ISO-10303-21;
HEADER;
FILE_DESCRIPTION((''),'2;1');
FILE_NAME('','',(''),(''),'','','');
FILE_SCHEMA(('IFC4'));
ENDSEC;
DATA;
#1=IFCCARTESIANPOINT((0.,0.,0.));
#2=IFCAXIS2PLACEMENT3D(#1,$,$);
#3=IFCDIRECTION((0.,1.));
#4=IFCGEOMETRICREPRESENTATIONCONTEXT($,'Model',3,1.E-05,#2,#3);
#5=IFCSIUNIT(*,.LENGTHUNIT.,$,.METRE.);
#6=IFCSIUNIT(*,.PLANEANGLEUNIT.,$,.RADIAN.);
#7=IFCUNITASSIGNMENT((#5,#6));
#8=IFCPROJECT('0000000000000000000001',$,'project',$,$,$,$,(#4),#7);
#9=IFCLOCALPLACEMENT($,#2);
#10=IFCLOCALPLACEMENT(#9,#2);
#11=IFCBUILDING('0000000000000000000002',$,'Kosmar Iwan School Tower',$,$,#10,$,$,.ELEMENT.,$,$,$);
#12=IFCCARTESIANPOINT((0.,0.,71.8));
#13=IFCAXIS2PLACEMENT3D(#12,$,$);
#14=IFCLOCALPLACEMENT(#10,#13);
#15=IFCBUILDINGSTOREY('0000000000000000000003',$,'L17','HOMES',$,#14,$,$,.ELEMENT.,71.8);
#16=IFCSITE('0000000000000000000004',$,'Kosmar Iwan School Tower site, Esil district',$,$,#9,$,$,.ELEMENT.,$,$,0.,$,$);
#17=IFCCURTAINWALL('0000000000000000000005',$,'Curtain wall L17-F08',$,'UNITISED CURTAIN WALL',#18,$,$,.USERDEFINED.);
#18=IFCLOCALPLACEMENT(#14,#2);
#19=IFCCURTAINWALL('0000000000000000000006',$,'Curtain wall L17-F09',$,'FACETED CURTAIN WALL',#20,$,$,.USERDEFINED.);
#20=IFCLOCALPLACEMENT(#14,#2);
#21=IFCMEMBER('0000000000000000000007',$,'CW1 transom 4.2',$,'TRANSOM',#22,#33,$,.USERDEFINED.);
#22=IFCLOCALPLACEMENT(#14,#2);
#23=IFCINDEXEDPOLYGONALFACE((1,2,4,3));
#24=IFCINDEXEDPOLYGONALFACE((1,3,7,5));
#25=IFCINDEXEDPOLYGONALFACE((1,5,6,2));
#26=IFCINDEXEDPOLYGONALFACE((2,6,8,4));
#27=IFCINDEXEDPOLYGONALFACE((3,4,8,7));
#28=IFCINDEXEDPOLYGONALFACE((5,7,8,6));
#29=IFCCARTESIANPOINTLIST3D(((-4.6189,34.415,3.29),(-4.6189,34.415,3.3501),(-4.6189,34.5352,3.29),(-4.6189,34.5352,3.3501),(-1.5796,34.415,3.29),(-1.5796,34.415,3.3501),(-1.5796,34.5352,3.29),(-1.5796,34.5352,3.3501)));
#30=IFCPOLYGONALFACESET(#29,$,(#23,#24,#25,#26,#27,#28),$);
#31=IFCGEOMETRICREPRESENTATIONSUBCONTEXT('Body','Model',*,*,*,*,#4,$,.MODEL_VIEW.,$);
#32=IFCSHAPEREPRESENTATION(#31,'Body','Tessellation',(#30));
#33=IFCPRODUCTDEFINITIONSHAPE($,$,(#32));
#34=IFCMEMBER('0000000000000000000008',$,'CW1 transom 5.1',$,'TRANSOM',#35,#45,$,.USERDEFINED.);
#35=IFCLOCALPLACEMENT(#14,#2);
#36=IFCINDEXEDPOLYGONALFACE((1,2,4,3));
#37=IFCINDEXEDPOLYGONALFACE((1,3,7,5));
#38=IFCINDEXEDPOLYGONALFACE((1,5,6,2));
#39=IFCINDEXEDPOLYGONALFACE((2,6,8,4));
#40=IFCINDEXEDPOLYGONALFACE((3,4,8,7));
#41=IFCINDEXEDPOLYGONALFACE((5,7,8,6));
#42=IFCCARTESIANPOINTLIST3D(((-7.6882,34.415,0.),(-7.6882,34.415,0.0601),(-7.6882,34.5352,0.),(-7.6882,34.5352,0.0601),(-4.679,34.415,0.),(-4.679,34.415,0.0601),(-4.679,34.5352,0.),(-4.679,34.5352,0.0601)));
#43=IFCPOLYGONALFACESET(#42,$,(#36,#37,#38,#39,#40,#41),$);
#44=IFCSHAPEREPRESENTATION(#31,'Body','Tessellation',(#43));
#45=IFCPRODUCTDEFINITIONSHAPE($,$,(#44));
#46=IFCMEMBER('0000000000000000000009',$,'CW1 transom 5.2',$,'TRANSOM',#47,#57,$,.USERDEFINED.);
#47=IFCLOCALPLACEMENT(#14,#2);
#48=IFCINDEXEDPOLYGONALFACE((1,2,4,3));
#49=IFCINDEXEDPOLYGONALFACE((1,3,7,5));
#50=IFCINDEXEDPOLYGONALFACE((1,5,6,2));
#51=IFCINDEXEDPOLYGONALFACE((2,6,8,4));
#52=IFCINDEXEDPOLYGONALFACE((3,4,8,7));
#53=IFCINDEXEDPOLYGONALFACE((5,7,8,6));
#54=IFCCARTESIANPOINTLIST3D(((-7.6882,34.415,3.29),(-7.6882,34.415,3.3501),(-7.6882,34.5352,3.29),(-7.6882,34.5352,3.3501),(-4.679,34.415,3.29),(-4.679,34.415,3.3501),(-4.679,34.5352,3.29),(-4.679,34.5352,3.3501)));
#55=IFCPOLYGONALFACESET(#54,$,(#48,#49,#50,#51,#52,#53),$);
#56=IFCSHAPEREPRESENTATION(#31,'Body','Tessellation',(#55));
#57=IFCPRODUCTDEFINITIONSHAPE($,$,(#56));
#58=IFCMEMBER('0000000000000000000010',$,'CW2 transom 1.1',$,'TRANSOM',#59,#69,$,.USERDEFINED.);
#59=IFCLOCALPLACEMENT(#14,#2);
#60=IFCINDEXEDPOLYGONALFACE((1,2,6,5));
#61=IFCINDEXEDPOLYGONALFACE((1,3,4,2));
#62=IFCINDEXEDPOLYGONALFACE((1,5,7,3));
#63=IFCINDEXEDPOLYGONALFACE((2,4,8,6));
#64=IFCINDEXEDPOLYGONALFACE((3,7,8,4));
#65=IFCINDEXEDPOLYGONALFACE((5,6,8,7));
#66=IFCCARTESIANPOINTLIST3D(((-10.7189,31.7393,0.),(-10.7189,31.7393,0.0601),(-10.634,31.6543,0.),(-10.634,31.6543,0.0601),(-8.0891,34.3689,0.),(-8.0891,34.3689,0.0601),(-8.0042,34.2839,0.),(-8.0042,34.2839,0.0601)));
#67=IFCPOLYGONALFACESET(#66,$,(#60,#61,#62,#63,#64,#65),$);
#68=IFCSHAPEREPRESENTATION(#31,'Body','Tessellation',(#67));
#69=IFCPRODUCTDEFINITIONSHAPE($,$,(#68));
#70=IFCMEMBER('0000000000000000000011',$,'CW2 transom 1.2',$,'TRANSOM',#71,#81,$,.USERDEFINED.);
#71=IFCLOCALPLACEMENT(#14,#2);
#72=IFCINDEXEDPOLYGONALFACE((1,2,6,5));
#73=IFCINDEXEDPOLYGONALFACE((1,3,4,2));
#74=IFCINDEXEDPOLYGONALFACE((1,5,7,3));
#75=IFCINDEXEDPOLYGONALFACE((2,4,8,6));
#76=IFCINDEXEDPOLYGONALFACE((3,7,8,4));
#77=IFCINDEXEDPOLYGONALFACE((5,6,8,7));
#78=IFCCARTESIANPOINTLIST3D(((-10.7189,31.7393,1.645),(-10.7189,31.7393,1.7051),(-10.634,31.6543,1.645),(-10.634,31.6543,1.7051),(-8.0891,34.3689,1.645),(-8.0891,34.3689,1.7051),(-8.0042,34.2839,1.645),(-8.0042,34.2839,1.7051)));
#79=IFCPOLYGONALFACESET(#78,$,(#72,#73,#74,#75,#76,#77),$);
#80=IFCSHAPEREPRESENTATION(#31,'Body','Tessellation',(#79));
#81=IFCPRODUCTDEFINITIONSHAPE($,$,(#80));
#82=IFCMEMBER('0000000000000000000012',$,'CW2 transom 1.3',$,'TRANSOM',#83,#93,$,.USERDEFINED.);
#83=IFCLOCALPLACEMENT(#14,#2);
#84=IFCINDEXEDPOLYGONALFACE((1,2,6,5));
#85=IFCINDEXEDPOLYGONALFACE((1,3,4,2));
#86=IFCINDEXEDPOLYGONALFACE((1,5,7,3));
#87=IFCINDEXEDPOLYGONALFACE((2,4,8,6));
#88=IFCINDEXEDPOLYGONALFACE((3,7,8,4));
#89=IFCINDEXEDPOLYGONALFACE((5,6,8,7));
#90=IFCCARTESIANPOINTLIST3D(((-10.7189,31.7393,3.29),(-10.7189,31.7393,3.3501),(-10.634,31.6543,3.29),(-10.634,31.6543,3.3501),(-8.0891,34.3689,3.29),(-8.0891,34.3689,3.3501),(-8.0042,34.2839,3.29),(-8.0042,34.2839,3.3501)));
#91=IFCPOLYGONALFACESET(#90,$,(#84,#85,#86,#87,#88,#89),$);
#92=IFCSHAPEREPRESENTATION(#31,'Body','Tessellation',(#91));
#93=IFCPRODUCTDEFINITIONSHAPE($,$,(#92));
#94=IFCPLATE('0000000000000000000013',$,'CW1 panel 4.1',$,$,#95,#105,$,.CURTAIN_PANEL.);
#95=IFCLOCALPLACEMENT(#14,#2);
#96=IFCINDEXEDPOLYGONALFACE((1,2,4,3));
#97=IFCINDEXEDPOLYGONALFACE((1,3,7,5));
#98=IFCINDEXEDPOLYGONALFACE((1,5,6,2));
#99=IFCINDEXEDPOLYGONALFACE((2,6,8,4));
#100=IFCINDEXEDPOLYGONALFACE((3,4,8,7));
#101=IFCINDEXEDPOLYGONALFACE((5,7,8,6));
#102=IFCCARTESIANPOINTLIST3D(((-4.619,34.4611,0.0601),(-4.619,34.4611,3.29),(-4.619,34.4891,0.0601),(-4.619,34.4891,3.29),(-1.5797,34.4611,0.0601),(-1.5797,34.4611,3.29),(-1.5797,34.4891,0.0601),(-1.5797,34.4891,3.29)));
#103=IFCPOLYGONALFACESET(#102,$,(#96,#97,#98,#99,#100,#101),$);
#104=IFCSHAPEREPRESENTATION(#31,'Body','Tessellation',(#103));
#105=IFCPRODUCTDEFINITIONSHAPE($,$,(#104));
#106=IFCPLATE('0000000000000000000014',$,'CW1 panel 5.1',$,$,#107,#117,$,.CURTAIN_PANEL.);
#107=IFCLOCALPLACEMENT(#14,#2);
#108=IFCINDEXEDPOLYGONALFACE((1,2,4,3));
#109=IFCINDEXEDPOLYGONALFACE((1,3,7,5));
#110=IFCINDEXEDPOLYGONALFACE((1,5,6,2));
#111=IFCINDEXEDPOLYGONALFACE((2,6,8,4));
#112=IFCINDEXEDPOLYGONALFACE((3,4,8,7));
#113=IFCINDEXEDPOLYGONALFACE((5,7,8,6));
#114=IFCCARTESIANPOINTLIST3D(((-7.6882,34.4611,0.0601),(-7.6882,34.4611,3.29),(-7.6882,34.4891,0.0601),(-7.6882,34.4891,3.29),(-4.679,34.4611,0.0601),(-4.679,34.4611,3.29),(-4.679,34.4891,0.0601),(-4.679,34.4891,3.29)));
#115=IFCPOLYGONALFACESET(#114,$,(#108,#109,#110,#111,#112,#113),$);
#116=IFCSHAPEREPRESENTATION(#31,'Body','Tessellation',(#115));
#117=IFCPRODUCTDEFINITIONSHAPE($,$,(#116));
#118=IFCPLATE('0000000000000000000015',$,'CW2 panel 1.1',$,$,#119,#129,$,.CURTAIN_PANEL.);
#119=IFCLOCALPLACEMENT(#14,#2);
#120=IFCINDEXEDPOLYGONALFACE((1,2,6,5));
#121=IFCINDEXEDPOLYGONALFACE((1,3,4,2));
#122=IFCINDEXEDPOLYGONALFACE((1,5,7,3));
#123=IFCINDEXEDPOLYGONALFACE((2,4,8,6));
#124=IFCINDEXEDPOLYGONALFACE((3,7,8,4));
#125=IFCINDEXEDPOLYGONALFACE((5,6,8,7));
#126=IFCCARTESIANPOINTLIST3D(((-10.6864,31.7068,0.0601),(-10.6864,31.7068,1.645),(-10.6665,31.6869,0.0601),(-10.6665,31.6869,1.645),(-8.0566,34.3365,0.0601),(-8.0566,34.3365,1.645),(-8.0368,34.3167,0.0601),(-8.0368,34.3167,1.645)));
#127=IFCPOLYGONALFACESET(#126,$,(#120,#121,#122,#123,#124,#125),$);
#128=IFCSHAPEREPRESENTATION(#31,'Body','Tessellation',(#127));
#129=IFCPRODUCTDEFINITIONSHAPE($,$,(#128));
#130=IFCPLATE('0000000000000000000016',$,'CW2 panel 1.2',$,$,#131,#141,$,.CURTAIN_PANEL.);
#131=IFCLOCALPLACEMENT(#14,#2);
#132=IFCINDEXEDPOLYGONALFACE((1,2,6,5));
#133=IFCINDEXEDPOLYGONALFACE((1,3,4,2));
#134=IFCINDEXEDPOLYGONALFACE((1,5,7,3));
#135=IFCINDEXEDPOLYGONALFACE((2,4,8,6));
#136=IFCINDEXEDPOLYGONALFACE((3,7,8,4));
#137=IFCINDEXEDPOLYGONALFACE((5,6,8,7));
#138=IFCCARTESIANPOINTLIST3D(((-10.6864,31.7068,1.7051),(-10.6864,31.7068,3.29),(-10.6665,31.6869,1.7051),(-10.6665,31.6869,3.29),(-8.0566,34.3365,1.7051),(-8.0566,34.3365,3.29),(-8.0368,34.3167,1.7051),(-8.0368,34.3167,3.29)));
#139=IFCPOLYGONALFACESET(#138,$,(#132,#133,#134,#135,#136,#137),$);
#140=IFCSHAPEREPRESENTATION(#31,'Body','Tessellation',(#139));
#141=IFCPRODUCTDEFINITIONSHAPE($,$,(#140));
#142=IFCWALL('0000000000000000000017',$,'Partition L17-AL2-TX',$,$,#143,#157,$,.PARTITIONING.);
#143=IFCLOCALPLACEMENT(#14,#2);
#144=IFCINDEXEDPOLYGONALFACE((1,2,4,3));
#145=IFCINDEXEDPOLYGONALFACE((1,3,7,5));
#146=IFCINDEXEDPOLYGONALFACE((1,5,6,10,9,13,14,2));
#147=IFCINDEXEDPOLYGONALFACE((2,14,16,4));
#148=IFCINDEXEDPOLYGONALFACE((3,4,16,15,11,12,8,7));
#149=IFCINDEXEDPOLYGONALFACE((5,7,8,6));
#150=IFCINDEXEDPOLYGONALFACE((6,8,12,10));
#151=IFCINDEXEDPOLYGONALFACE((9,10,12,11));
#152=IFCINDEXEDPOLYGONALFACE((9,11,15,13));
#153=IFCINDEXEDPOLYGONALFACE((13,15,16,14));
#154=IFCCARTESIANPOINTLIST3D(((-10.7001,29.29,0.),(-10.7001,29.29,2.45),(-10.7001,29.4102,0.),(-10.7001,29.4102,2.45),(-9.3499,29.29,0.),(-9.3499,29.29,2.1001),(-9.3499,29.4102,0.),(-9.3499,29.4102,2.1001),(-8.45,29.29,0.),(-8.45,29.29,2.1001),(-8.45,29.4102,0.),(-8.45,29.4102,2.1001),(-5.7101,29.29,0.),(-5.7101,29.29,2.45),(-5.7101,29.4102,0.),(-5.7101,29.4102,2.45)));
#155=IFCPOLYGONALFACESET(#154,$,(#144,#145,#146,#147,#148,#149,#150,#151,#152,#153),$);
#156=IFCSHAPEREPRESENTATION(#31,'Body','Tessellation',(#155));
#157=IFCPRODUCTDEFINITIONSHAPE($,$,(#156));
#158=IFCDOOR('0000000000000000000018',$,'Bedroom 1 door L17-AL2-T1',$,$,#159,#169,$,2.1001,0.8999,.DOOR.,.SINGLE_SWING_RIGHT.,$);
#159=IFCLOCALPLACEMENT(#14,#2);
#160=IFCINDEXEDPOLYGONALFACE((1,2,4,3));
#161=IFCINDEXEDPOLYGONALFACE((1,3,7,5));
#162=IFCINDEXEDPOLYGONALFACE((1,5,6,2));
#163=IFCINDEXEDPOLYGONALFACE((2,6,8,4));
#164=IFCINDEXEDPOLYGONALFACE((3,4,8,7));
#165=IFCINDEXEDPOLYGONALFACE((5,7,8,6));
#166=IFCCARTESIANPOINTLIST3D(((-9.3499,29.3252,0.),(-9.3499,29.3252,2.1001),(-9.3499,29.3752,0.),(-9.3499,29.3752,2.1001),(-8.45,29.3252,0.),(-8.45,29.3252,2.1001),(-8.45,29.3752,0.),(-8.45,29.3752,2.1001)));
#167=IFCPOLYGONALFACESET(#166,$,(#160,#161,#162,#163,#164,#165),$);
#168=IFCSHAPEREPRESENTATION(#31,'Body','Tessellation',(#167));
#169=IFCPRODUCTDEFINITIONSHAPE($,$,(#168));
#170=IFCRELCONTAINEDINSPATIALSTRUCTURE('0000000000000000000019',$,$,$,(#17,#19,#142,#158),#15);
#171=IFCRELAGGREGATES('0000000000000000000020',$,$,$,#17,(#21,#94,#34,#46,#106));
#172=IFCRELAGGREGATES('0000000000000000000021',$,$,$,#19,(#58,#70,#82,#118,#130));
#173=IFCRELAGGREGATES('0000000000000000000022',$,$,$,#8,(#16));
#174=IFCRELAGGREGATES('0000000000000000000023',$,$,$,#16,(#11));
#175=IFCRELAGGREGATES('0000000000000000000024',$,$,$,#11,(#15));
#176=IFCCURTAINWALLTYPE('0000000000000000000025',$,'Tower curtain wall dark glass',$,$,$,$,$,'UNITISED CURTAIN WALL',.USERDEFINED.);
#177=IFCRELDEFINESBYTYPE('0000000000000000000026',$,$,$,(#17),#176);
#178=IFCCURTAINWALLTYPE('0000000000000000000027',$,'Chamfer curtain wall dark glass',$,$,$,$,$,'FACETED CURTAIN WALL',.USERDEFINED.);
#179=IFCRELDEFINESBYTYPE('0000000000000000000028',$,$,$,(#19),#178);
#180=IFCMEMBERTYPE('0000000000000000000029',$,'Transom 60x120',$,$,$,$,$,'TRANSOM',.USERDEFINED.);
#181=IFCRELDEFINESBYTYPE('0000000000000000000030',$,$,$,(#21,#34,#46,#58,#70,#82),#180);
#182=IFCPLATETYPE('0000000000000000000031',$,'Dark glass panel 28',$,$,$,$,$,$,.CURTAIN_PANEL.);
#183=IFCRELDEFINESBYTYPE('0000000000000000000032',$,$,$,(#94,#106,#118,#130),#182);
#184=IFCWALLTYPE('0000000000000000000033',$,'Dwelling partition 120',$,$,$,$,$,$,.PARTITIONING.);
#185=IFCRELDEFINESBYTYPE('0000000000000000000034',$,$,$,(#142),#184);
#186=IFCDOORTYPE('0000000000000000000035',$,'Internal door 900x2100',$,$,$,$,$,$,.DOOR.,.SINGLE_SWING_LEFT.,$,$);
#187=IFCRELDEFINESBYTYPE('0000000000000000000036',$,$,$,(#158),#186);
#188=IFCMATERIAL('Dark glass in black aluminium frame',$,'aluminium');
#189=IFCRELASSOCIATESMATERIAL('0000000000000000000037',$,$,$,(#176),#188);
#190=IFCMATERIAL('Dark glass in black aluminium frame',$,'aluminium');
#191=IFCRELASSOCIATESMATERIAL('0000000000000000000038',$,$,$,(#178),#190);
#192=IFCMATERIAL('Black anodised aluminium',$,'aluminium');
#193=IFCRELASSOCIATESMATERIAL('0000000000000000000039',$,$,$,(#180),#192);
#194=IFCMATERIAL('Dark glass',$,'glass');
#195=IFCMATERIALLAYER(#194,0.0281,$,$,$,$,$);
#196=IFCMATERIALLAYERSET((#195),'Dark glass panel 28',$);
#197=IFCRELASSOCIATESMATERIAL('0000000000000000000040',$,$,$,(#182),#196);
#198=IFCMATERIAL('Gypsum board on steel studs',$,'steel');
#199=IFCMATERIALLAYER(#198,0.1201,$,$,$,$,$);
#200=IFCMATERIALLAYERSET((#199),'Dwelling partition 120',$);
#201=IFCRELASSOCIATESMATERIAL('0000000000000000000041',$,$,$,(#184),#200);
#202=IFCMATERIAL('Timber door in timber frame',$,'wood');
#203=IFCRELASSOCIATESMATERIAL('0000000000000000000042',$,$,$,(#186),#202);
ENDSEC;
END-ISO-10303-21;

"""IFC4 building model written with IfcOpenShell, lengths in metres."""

from ifc_helpers import new_model, si_unit, direction, frame, frame_2d, origin, origin_2d, place, context, subcontext, project, spatial, rectangle, extrude, material, layer, layer_set, material_profile, profile_set, type_object, element, fill, aggregate, save


model = new_model("IFC4")

# Units and contexts
model_context = context("Model", 3, precision=1e-05, world=origin(), true_north=direction((0.0, 1.0)))
body_context = subcontext(model_context, "Body", "Model", "MODEL_VIEW")
ifc_project = project(units=[si_unit("LENGTHUNIT", "METRE"), si_unit("PLANEANGLEUNIT", "RADIAN")], contexts=[model_context])

# Site, building, storey
site_placement = place(None, origin())
site = spatial("IfcSite", under=ifc_project, at=site_placement, Name="Kosmar Iwan School Tower site, Esil district", CompositionType="ELEMENT", RefElevation=0.0)
building_placement = place(site_placement, origin())
building = spatial("IfcBuilding", under=site, at=building_placement, Name="Kosmar Iwan School Tower", CompositionType="ELEMENT")
storey_placement = place(building_placement, frame((0.0, 0.0, 71.8)))
storey = spatial("IfcBuildingStorey", under=building, at=storey_placement, Name="L17", Description="HOMES", CompositionType="ELEMENT", Elevation=71.8)

# Curtain walls
ifc_material_1 = material(Name="Dark glass in black aluminium frame", Category="aluminium")
curtain_wall_type_1 = type_object("IfcCurtainWallType", Name="Tower curtain wall dark glass", ElementType="UNITISED CURTAIN WALL", PredefinedType="USERDEFINED", material=ifc_material_1)
curtain_wall_1_placement = place(storey_placement, origin())
curtain_wall_1 = element("IfcCurtainWall", 1, at=curtain_wall_1_placement, inside=storey, type_object=curtain_wall_type_1, Name="Curtain wall L17-F08", ObjectType="UNITISED CURTAIN WALL", PredefinedType="USERDEFINED")
ifc_material_2 = material(Name="Dark glass in black aluminium frame", Category="aluminium")
curtain_wall_type_2 = type_object("IfcCurtainWallType", Name="Chamfer curtain wall dark glass", ElementType="FACETED CURTAIN WALL", PredefinedType="USERDEFINED", material=ifc_material_2)
curtain_wall_2_placement = place(storey_placement, origin())
curtain_wall_2 = element("IfcCurtainWall", 2, at=curtain_wall_2_placement, inside=storey, type_object=curtain_wall_type_2, Name="Curtain wall L17-F09", ObjectType="FACETED CURTAIN WALL", PredefinedType="USERDEFINED")

# Members
ifc_material_3 = material(Name="Black anodised aluminium", Category="aluminium")
ifc_material_profile_1 = material_profile(ifc_material_3, rectangle(XDim=0.1201, YDim=0.0601, at=origin_2d()), Name="TRANSOM 60x120")
ifc_profile_set_1 = profile_set([ifc_material_profile_1], Name="Black anodised aluminium")
member_type_1 = type_object("IfcMemberType", Name="Transom 60x120", ElementType="TRANSOM", PredefinedType="USERDEFINED", material=ifc_profile_set_1)
member_1_placement = place(storey_placement, frame((-1.5796, 34.4751, 3.3201), z_axis=(-1.0, 0.0, 0.0), x_axis=(0.0, -1.0, 0.0)))
member_1 = element("IfcMember", 3, at=member_1_placement, type_object=member_type_1, Name="CW1 transom 4.2", ObjectType="TRANSOM", PredefinedType="USERDEFINED", context=body_context, shape_type="SweptSolid", body=[
    extrude(rectangle(XDim=0.1201, YDim=0.0601, at=origin_2d()), origin(), (0.0, 0.0, 1.0), 3.0393),
])
member_2_placement = place(storey_placement, frame((-4.679, 34.4751, 0.03), z_axis=(-1.0, 0.0, 0.0), x_axis=(0.0, -1.0, 0.0)))
member_2 = element("IfcMember", 4, at=member_2_placement, type_object=member_type_1, Name="CW1 transom 5.1", ObjectType="TRANSOM", PredefinedType="USERDEFINED", context=body_context, shape_type="SweptSolid", body=[
    extrude(rectangle(XDim=0.1201, YDim=0.0601, at=origin_2d()), origin(), (0.0, 0.0, 1.0), 3.0093),
])
member_3_placement = place(storey_placement, frame((-4.679, 34.4751, 3.3201), z_axis=(-1.0, 0.0, 0.0), x_axis=(0.0, -1.0, 0.0)))
member_3 = element("IfcMember", 5, at=member_3_placement, type_object=member_type_1, Name="CW1 transom 5.2", ObjectType="TRANSOM", PredefinedType="USERDEFINED", context=body_context, shape_type="SweptSolid", body=[
    extrude(rectangle(XDim=0.1201, YDim=0.0601, at=origin_2d()), origin(), (0.0, 0.0, 1.0), 3.0093),
])
member_4_placement = place(storey_placement, frame((-8.0466, 34.3264, 0.03), z_axis=(-0.70714, -0.707074, 0.0), x_axis=(0.707074, -0.70714, 0.0)))
member_4 = element("IfcMember", 6, at=member_4_placement, type_object=member_type_1, Name="CW2 transom 1.1", ObjectType="TRANSOM", PredefinedType="USERDEFINED", context=body_context, shape_type="SweptSolid", body=[
    extrude(rectangle(XDim=0.1201, YDim=0.0601, at=origin_2d()), origin(), (0.0, 0.0, 1.0), 3.719),
])
member_5_placement = place(storey_placement, frame((-8.0466, 34.3264, 1.675), z_axis=(-0.70714, -0.707074, 0.0), x_axis=(0.707074, -0.70714, 0.0)))
member_5 = element("IfcMember", 7, at=member_5_placement, type_object=member_type_1, Name="CW2 transom 1.2", ObjectType="TRANSOM", PredefinedType="USERDEFINED", context=body_context, shape_type="SweptSolid", body=[
    extrude(rectangle(XDim=0.1201, YDim=0.0601, at=origin_2d()), origin(), (0.0, 0.0, 1.0), 3.719),
])
member_6_placement = place(storey_placement, frame((-8.0466, 34.3264, 3.3201), z_axis=(-0.70714, -0.707074, 0.0), x_axis=(0.707074, -0.70714, 0.0)))
member_6 = element("IfcMember", 8, at=member_6_placement, type_object=member_type_1, Name="CW2 transom 1.3", ObjectType="TRANSOM", PredefinedType="USERDEFINED", context=body_context, shape_type="SweptSolid", body=[
    extrude(rectangle(XDim=0.1201, YDim=0.0601, at=origin_2d()), origin(), (0.0, 0.0, 1.0), 3.719),
])

# Plates
ifc_material_4 = material(Name="Dark glass", Category="glass")
ifc_layer_1 = layer(ifc_material_4, 0.0281)
ifc_layer_set_1 = layer_set([ifc_layer_1], Name="Dark glass panel 28")
plate_type = type_object("IfcPlateType", Name="Dark glass panel 28", PredefinedType="CURTAIN_PANEL", material=ifc_layer_set_1)
plate_1_placement = place(storey_placement, frame((-3.0994, 34.4751, 0.0601), z_axis=(0.0, 0.0, 1.0), x_axis=(-1.0, 0.0, 0.0)))
plate_1 = element("IfcPlate", 9, at=plate_1_placement, type_object=plate_type, Name="CW1 panel 4.1", PredefinedType="CURTAIN_PANEL", context=body_context, shape_type="SweptSolid", body=[
    extrude(rectangle(XDim=3.0393, YDim=0.0281, at=origin_2d()), origin(), (0.0, 0.0, 1.0), 3.23),
])
plate_2_placement = place(storey_placement, frame((-6.1836, 34.4751, 0.0601), z_axis=(0.0, 0.0, 1.0), x_axis=(-1.0, 0.0, 0.0)))
plate_2 = element("IfcPlate", 10, at=plate_2_placement, type_object=plate_type, Name="CW1 panel 5.1", PredefinedType="CURTAIN_PANEL", context=body_context, shape_type="SweptSolid", body=[
    extrude(rectangle(XDim=3.0093, YDim=0.0281, at=origin_2d()), origin(), (0.0, 0.0, 1.0), 3.23),
])
aggregate(curtain_wall_1, [member_1, plate_1, member_2, member_3, plate_2])
plate_3_placement = place(storey_placement, frame((-9.3616, 33.0117, 0.0601), z_axis=(0.0, 0.0, 1.0), x_axis=(-0.707107, -0.707107, 0.0)))
plate_3 = element("IfcPlate", 11, at=plate_3_placement, type_object=plate_type, Name="CW2 panel 1.1", PredefinedType="CURTAIN_PANEL", context=body_context, shape_type="SweptSolid", body=[
    extrude(rectangle(XDim=3.719, YDim=0.0281, at=origin_2d()), origin(), (0.0, 0.0, 1.0), 1.585),
])
plate_4_placement = place(storey_placement, frame((-9.3616, 33.0117, 1.7051), z_axis=(0.0, 0.0, 1.0), x_axis=(-0.707107, -0.707107, 0.0)))
plate_4 = element("IfcPlate", 12, at=plate_4_placement, type_object=plate_type, Name="CW2 panel 1.2", PredefinedType="CURTAIN_PANEL", context=body_context, shape_type="SweptSolid", body=[
    extrude(rectangle(XDim=3.719, YDim=0.0281, at=origin_2d()), origin(), (0.0, 0.0, 1.0), 1.585),
])
aggregate(curtain_wall_2, [member_4, member_5, member_6, plate_3, plate_4])

# Wall, opening, door
ifc_material_5 = material(Name="Gypsum board on steel studs", Category="steel")
ifc_layer_2 = layer(ifc_material_5, 0.1201)
ifc_layer_set_2 = layer_set([ifc_layer_2], Name="Dwelling partition 120")
wall_type_1 = type_object("IfcWallType", Name="Dwelling partition 120", PredefinedType="PARTITIONING", material=ifc_layer_set_2)
wall_1_placement = place(storey_placement, frame((-5.71, 29.3501, 0.0), z_axis=(0.0, 0.0, 1.0), x_axis=(-1.0, 0.0, 0.0)))
wall_1 = element("IfcWall", 13, at=wall_1_placement, inside=storey, type_object=wall_type_1, Name="Partition L17-AL2-TX", PredefinedType="PARTITIONING", context=body_context, shape_type="SweptSolid", body=[
    extrude(rectangle(XDim=4.99, YDim=0.1201, at=frame_2d((2.4951, 0.0))), origin(), (0.0, 0.0, 1.0), 2.45),
])
opening_1_placement = place(wall_1_placement, frame((2.74, 0.0, 0.0)))
opening_1 = element("IfcOpeningElement", 14, at=opening_1_placement, cuts=wall_1, PredefinedType="OPENING", context=body_context, shape_type="SweptSolid", body=[
    extrude(rectangle(XDim=0.8999, YDim=2.1001, at=frame_2d((0.45, 1.05))), frame((0.0, 0.072, 0.0), z_axis=(0.0, -1.0, 0.0), x_axis=(1.0, 0.0, 0.0)), (0.0, 0.0, 1.0), 0.144),
])
ifc_material_6 = material(Name="Timber door in timber frame", Category="wood")
door_type_1 = type_object("IfcDoorType", Name="Internal door 900x2100", OperationType="SINGLE_SWING_LEFT", PredefinedType="DOOR", material=ifc_material_6)
door_1_placement = place(opening_1_placement, origin())
door_1 = element("IfcDoor", 15, at=door_1_placement, inside=storey, type_object=door_type_1, Name="Bedroom 1 door L17-AL2-T1", OperationType="SINGLE_SWING_RIGHT", OverallHeight=2.1001, OverallWidth=0.8999, PredefinedType="DOOR", context=body_context, shape_type="SweptSolid", body=[
    extrude(rectangle(XDim=0.8999, YDim=2.1001, at=frame_2d((0.45, 1.05))), frame((0.0, 0.0249, 0.0), z_axis=(0.0, -1.0, 0.0), x_axis=(1.0, 0.0, 0.0)), (0.0, 0.0, 1.0), 0.05),
])
fill(opening_1, door_1)

save(model, "model.ifc")
